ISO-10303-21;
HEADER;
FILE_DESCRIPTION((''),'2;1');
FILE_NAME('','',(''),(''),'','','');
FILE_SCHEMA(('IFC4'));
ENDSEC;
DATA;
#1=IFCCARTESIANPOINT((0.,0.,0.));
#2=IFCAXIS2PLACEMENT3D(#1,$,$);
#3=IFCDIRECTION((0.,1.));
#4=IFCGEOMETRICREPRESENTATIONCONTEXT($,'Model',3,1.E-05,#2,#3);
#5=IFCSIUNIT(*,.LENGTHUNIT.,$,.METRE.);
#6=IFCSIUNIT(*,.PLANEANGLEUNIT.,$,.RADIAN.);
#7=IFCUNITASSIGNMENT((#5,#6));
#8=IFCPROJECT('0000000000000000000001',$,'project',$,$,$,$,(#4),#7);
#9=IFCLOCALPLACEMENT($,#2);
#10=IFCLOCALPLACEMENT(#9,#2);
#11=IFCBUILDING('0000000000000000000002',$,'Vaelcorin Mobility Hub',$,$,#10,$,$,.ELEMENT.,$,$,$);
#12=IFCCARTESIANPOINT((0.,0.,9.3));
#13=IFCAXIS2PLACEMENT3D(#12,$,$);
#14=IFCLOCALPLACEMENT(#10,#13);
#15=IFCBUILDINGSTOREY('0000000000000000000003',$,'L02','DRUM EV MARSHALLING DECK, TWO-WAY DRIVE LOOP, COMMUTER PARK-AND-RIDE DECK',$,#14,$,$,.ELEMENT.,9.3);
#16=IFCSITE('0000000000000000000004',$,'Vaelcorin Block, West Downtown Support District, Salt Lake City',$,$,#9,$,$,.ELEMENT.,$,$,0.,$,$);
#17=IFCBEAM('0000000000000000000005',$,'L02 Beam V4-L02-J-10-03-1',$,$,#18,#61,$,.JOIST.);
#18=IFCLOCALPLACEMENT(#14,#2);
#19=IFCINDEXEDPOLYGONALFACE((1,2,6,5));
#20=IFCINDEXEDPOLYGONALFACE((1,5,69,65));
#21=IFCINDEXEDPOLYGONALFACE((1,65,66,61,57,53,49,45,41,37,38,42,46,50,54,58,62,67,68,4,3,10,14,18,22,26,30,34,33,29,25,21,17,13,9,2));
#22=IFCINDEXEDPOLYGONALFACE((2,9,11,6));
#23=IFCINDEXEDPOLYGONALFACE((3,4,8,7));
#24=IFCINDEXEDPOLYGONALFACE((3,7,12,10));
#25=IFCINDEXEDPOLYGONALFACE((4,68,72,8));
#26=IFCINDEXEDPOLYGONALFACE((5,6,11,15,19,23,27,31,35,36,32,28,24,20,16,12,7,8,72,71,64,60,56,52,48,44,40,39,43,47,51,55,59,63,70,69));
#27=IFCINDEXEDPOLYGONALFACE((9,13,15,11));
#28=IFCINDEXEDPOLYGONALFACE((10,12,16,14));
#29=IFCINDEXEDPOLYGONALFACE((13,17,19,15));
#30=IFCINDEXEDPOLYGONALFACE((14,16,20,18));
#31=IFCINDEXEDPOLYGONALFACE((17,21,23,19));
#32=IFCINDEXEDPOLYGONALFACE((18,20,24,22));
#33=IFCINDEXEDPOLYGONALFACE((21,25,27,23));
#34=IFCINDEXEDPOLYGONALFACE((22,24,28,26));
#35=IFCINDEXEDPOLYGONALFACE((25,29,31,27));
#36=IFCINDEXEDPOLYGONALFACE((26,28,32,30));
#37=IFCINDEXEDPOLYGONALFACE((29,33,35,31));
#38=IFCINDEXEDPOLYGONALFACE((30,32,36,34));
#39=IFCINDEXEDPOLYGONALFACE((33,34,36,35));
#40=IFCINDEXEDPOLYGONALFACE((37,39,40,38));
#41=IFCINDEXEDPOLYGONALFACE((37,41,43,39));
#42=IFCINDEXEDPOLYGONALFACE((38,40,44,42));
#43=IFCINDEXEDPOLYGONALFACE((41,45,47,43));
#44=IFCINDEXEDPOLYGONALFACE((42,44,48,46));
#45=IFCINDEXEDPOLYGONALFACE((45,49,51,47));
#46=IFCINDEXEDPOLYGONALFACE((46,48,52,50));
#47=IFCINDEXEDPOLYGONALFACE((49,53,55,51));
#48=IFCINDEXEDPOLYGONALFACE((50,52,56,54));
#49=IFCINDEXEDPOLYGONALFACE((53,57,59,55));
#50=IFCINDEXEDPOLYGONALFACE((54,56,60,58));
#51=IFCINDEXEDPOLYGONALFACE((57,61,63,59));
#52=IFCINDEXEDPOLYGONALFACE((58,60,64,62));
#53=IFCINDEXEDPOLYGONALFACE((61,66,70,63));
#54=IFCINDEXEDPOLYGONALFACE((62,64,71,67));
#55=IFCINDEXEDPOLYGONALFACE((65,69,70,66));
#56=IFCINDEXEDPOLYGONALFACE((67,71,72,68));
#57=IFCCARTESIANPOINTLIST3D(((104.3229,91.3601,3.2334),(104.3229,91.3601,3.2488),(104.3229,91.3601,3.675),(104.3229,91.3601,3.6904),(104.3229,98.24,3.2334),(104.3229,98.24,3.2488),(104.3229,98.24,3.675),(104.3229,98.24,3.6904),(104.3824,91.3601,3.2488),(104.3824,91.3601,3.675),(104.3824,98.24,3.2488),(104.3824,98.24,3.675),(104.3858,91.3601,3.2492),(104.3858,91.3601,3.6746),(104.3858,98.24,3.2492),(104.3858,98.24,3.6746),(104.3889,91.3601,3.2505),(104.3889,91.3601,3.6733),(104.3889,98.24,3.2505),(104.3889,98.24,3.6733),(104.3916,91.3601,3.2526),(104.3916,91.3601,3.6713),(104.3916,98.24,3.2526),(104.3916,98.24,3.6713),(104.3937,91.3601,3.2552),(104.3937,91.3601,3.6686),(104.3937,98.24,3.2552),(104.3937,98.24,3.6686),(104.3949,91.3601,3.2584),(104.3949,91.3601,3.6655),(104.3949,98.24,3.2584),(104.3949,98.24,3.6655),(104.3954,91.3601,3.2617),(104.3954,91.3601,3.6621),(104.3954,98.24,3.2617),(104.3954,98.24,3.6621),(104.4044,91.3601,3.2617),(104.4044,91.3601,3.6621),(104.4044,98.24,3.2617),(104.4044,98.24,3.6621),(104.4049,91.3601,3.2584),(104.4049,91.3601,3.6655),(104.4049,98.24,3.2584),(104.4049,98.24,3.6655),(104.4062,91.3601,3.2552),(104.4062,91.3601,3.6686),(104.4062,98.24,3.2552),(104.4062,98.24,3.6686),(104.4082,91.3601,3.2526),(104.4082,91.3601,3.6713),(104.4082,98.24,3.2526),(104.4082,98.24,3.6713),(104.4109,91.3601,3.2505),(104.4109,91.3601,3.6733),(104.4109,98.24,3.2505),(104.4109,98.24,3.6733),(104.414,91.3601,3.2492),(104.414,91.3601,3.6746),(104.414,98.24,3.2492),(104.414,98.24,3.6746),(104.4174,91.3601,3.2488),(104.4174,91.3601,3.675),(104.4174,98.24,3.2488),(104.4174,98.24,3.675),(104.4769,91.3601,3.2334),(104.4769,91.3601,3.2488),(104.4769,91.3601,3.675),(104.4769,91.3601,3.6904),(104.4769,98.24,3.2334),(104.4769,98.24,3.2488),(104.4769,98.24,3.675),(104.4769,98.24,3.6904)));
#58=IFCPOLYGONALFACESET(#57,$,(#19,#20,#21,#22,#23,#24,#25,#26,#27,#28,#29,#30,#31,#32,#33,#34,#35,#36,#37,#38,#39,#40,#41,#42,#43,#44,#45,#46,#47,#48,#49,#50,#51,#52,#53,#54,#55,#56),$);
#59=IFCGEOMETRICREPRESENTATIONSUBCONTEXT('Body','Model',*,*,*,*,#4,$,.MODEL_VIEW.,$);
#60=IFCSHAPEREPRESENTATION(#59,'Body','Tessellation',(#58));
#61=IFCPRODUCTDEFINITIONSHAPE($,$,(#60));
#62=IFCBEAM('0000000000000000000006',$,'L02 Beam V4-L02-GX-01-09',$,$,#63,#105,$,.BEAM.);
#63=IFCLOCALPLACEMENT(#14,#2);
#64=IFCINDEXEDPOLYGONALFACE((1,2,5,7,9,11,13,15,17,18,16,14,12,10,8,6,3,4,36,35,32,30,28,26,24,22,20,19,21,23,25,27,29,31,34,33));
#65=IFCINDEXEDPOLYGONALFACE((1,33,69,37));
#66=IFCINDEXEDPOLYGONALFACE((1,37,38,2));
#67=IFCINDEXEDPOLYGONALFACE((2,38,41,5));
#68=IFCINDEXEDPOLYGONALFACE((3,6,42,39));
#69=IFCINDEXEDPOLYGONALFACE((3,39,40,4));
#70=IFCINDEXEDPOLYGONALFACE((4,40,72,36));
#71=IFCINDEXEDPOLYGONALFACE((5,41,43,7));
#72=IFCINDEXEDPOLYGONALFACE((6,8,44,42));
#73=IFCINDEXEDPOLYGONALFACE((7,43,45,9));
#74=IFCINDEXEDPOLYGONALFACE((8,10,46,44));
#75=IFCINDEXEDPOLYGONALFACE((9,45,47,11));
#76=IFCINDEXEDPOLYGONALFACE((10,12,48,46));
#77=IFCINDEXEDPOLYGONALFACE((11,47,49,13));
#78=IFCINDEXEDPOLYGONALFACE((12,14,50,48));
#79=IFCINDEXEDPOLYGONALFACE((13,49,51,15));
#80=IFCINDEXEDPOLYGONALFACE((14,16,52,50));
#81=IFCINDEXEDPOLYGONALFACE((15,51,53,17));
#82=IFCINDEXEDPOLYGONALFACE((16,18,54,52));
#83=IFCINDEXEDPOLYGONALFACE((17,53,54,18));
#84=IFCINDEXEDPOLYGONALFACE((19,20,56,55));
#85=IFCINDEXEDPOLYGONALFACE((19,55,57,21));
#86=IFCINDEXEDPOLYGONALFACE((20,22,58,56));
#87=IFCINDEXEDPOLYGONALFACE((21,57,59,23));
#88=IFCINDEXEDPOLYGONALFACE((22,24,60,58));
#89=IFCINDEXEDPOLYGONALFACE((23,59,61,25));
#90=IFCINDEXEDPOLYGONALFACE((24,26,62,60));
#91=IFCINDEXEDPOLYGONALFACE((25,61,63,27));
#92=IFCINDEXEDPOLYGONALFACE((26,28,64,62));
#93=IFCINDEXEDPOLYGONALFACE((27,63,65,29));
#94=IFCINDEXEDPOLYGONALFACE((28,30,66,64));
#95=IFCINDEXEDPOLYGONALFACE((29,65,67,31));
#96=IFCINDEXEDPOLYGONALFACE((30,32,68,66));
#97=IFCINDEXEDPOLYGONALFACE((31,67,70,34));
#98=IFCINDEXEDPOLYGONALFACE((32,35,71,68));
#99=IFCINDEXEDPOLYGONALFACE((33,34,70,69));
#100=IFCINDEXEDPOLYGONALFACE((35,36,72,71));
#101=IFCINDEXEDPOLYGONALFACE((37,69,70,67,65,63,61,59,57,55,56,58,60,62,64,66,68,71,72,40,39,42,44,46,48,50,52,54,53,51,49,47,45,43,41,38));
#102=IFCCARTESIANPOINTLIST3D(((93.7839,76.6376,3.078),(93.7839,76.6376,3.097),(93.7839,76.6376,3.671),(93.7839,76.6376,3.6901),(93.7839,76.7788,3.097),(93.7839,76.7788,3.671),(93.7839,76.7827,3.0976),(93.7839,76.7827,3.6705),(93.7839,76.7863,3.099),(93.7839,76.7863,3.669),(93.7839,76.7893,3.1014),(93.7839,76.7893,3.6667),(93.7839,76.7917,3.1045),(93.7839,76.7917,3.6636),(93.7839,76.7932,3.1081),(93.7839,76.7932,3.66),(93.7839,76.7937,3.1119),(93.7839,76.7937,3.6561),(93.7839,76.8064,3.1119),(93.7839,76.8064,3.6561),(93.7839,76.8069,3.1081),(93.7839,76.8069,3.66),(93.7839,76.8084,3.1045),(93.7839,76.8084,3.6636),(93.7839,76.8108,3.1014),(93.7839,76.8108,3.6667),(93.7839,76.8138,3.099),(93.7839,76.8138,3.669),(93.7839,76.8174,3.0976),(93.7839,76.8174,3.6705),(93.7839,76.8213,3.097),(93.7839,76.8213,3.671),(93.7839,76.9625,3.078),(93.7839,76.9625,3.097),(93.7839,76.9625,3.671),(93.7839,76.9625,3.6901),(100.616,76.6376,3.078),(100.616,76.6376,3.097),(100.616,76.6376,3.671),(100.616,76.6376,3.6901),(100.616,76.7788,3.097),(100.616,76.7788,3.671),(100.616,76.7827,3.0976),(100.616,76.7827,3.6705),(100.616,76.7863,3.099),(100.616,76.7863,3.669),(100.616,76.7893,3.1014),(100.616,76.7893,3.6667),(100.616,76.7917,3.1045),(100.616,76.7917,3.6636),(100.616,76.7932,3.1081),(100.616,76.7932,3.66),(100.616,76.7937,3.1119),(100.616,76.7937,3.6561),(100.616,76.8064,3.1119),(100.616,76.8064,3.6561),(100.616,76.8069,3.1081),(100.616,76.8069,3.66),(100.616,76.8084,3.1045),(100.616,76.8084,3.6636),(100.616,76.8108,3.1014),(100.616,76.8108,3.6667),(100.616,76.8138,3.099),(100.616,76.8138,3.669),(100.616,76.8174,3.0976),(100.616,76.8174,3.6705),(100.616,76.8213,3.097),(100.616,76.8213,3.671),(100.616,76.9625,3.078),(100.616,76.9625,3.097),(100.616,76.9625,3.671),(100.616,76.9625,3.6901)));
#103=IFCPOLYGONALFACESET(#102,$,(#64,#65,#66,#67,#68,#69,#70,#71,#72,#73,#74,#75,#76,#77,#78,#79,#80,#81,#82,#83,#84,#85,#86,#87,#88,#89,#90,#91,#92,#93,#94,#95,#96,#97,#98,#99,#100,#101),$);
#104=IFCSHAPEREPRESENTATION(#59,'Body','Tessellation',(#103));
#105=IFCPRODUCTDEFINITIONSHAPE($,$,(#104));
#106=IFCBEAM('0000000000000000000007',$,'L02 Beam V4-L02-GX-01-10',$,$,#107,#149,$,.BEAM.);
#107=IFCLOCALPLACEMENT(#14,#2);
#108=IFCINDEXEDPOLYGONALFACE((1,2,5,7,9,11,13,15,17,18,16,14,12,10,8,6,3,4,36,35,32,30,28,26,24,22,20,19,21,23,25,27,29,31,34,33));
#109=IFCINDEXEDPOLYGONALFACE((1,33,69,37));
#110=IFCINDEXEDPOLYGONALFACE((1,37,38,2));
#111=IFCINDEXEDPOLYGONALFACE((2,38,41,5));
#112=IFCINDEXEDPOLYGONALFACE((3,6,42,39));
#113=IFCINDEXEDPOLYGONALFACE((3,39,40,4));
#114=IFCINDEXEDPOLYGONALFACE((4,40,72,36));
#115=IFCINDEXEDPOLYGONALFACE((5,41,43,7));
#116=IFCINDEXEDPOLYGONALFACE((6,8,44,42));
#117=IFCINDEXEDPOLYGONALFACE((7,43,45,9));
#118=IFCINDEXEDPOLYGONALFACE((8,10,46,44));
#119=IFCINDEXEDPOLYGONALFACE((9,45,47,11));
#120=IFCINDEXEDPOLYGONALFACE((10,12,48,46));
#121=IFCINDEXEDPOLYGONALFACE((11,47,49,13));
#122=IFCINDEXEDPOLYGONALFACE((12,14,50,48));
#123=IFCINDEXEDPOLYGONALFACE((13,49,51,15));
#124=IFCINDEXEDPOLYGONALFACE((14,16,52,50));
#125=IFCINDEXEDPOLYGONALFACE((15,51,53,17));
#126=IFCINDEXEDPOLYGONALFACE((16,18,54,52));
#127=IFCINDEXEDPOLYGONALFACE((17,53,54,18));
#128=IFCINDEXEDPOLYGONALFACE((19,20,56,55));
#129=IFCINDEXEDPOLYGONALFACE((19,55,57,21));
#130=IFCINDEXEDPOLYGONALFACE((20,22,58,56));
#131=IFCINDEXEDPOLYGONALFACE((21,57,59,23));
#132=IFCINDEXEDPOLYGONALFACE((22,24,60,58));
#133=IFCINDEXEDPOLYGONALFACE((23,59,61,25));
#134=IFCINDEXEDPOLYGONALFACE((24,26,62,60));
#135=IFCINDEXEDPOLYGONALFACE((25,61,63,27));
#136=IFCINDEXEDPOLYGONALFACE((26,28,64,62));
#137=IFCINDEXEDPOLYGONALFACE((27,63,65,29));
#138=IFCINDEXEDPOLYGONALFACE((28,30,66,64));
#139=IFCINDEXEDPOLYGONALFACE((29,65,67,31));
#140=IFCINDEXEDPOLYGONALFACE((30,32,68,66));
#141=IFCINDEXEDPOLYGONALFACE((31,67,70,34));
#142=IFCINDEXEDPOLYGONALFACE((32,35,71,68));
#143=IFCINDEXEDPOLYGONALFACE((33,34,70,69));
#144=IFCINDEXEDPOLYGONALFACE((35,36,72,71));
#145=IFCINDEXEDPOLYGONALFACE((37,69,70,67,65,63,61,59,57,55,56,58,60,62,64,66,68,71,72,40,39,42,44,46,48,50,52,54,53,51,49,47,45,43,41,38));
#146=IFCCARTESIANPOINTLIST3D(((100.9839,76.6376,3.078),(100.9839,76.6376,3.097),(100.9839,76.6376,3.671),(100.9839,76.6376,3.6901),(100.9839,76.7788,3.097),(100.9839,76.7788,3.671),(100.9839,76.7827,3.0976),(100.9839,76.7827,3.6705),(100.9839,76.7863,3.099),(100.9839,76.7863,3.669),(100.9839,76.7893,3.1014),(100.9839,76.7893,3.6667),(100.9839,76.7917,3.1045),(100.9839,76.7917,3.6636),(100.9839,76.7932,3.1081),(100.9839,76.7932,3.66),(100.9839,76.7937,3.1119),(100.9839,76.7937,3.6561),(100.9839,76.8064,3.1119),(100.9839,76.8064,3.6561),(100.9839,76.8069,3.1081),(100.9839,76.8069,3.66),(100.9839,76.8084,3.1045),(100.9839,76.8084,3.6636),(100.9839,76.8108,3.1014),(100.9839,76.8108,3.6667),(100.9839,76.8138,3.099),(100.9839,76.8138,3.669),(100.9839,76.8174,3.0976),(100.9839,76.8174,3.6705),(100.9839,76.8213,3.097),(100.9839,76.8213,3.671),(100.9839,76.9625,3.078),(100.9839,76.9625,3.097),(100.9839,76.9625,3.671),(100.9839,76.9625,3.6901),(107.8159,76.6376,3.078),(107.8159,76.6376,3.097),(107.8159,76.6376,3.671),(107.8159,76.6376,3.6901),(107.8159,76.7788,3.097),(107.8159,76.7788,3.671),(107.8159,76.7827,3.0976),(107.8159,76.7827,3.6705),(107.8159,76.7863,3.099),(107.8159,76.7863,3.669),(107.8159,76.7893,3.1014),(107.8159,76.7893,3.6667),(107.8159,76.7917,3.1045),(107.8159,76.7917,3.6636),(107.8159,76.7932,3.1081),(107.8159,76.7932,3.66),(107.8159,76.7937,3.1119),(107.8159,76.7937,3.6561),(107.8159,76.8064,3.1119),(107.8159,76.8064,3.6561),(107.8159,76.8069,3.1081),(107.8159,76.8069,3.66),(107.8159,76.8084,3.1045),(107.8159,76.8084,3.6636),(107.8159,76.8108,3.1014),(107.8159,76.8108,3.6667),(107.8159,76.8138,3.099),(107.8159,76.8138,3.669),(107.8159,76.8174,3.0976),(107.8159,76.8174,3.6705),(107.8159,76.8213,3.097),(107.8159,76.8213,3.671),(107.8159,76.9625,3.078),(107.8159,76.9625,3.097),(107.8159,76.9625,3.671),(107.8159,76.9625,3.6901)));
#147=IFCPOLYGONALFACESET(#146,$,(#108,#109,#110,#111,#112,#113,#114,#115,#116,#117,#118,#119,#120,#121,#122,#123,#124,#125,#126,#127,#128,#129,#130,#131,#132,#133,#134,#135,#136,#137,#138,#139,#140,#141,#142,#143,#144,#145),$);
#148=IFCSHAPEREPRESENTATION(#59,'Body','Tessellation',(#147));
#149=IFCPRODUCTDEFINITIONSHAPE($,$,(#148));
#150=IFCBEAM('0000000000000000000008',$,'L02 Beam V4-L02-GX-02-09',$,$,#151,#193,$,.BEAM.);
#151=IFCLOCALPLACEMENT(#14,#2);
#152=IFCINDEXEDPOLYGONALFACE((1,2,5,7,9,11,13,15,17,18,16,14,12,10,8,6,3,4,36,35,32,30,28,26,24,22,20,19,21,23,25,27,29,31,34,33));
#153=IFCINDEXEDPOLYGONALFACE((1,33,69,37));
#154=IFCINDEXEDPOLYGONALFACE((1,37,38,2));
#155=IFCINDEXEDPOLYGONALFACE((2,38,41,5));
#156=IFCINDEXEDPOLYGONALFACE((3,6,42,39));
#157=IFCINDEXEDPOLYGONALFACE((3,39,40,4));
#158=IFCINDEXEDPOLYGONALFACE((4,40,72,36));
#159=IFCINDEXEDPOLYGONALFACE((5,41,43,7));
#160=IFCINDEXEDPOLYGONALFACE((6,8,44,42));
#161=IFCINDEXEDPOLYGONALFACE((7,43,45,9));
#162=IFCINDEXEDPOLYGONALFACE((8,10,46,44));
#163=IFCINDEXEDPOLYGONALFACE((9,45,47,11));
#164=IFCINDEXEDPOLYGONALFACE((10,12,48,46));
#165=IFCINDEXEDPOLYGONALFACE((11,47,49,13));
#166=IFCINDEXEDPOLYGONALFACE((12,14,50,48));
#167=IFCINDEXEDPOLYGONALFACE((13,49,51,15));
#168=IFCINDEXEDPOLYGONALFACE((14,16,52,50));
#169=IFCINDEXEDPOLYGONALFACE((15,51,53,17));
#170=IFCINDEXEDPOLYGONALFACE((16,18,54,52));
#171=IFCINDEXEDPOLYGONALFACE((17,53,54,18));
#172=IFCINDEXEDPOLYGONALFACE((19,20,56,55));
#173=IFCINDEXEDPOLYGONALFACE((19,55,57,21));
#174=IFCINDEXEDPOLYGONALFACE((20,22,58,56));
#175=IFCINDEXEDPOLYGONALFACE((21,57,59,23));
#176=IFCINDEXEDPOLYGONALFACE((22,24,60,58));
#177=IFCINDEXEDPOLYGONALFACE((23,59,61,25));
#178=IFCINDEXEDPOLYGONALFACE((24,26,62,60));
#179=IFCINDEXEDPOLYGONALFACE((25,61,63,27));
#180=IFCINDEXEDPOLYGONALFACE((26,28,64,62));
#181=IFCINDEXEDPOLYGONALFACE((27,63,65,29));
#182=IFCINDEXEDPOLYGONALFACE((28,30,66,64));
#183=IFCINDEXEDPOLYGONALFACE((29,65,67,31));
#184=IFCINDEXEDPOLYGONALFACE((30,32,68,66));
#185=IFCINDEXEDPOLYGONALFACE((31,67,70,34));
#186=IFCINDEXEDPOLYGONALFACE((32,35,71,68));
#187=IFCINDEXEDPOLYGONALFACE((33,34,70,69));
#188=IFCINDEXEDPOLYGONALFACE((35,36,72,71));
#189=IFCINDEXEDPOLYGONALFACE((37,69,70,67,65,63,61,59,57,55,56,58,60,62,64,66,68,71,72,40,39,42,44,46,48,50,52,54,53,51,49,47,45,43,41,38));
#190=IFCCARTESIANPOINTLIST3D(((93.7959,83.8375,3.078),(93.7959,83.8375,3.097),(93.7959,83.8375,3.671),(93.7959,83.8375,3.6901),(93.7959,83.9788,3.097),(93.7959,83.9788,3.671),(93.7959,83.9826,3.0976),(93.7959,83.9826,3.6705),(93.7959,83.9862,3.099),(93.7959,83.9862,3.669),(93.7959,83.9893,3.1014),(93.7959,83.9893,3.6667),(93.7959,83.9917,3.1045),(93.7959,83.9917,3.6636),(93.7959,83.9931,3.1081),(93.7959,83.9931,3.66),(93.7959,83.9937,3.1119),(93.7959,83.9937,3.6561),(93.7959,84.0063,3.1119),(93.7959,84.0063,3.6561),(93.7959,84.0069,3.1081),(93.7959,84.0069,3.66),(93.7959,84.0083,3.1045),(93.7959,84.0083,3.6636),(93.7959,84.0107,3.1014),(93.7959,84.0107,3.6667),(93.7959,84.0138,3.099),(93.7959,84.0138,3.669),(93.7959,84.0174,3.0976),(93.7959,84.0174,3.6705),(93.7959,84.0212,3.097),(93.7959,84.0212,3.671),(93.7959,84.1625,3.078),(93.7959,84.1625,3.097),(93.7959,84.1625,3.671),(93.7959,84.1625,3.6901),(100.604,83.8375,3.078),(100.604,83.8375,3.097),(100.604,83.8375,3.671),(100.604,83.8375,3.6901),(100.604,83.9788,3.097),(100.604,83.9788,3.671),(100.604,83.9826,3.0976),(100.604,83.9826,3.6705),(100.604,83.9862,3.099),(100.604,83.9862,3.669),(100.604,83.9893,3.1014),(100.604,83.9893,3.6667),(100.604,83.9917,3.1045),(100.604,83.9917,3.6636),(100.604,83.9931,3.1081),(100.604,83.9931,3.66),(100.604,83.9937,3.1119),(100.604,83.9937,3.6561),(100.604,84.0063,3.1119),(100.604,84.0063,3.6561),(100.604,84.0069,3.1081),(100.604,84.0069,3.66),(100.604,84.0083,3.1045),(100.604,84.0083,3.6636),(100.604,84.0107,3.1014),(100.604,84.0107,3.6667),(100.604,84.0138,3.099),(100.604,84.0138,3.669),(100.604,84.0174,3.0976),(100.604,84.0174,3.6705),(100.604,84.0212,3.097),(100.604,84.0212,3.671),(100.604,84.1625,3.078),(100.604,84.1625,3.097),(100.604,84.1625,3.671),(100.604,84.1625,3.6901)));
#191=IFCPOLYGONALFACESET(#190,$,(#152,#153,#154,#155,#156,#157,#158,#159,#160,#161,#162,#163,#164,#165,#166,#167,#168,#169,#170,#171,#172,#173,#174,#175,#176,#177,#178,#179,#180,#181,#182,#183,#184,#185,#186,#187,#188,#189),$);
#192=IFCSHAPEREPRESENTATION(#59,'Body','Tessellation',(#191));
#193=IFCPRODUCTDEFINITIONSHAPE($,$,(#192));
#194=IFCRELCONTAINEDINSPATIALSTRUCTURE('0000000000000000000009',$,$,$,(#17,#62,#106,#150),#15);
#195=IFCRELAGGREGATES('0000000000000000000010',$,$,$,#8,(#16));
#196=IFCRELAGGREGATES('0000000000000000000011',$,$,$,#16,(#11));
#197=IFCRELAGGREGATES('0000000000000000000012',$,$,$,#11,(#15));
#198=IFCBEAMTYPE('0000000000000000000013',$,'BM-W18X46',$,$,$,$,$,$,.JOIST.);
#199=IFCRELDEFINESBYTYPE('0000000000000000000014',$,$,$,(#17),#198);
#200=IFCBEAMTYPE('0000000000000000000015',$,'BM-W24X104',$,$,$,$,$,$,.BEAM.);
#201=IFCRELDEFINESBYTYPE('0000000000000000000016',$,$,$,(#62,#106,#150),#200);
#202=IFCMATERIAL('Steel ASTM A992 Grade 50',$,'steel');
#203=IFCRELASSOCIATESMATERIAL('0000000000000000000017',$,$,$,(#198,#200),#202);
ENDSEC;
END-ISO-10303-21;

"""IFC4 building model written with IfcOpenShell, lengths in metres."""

from ifc_helpers import new_model, si_unit, direction, frame, origin, origin_2d, place, context, subcontext, project, spatial, i_section, extrude, material, material_profile, profile_set, type_object, element, save


model = new_model("IFC4")

# Units and contexts
model_context = context("Model", 3, precision=1e-05, world=origin(), true_north=direction((0.0, 1.0)))
body_context = subcontext(model_context, "Body", "Model", "MODEL_VIEW")
ifc_project = project(units=[si_unit("LENGTHUNIT", "METRE"), si_unit("PLANEANGLEUNIT", "RADIAN")], contexts=[model_context])

# Site, building, storey
site_placement = place(None, origin())
site = spatial("IfcSite", under=ifc_project, at=site_placement, Name="Vaelcorin Block, West Downtown Support District, Salt Lake City", CompositionType="ELEMENT", RefElevation=0.0)
building_placement = place(site_placement, origin())
building = spatial("IfcBuilding", under=site, at=building_placement, Name="Vaelcorin Mobility Hub", CompositionType="ELEMENT")
storey_placement = place(building_placement, frame((0.0, 0.0, 9.3)))
storey = spatial("IfcBuildingStorey", under=building, at=storey_placement, Name="L02", Description="DRUM EV MARSHALLING DECK, TWO-WAY DRIVE LOOP, COMMUTER PARK-AND-RIDE DECK", CompositionType="ELEMENT", Elevation=9.3)

# Shared definitions
ifc_material_1 = material(Name="Steel ASTM A992 Grade 50", Category="steel")

# Beams
ifc_material_profile_1 = material_profile(ifc_material_1, i_section(OverallWidth=0.1541, OverallDepth=0.457, WebThickness=0.009, FlangeThickness=0.0154, FilletRadius=0.0129, at=origin_2d()), Name="W18X46")
ifc_profile_set_1 = profile_set([ifc_material_profile_1], Name="Steel ASTM A992 Grade 50")
beam_type_1 = type_object("IfcBeamType", Name="BM-W18X46", PredefinedType="JOIST", material=ifc_profile_set_1)
beam_1_placement = place(storey_placement, frame((104.3999, 91.3601, 3.4619), z_axis=(0.0, 1.0, 0.0), x_axis=(-1.0, 0.0, 0.0)))
element("IfcBeam", 1, at=beam_1_placement, inside=storey, type_object=beam_type_1, Name="L02 Beam V4-L02-J-10-03-1", PredefinedType="JOIST", context=body_context, shape_type="SweptSolid", body=[
    extrude(i_section(OverallWidth=0.1541, OverallDepth=0.457, WebThickness=0.009, FlangeThickness=0.0154, FilletRadius=0.0129, at=origin_2d()), origin(), (0.0, 0.0, 1.0), 6.8799),
])
ifc_material_profile_2 = material_profile(ifc_material_1, i_section(OverallWidth=0.325, OverallDepth=0.6121, WebThickness=0.0127, FlangeThickness=0.019, FilletRadius=0.0149, at=origin_2d()), Name="W24X104")
ifc_profile_set_2 = profile_set([ifc_material_profile_2], Name="Steel ASTM A992 Grade 50")
beam_type_2 = type_object("IfcBeamType", Name="BM-W24X104", PredefinedType="BEAM", material=ifc_profile_set_2)
for number, where, z_axis, x_axis, name in (
    (2, (93.7839, 76.8, 3.384), (1.0, 0.0, 0.0), (0.0, 1.0, 0.0), "L02 Beam V4-L02-GX-01-09"),
    (3, (100.9839, 76.8, 3.384), (1.0, 0.0, 0.0), (0.0, 1.0, 0.0), "L02 Beam V4-L02-GX-01-10"),
):
    element("IfcBeam", number, at=place(storey_placement, frame(where, z_axis=z_axis, x_axis=x_axis)), inside=storey, type_object=beam_type_2, Name=name, PredefinedType="BEAM", context=body_context, shape_type="SweptSolid", body=[
        extrude(i_section(OverallWidth=0.325, OverallDepth=0.6121, WebThickness=0.0127, FlangeThickness=0.019, FilletRadius=0.0149, at=origin_2d()), origin(), (0.0, 0.0, 1.0), 6.832),
    ])
beam_2_placement = place(storey_placement, frame((93.7959, 84.0, 3.384), z_axis=(1.0, 0.0, 0.0), x_axis=(0.0, 1.0, 0.0)))
element("IfcBeam", 4, at=beam_2_placement, inside=storey, type_object=beam_type_2, Name="L02 Beam V4-L02-GX-02-09", PredefinedType="BEAM", context=body_context, shape_type="SweptSolid", body=[
    extrude(i_section(OverallWidth=0.325, OverallDepth=0.6121, WebThickness=0.0127, FlangeThickness=0.019, FilletRadius=0.0149, at=origin_2d()), origin(), (0.0, 0.0, 1.0), 6.8081),
])

save(model, "model.ifc")
